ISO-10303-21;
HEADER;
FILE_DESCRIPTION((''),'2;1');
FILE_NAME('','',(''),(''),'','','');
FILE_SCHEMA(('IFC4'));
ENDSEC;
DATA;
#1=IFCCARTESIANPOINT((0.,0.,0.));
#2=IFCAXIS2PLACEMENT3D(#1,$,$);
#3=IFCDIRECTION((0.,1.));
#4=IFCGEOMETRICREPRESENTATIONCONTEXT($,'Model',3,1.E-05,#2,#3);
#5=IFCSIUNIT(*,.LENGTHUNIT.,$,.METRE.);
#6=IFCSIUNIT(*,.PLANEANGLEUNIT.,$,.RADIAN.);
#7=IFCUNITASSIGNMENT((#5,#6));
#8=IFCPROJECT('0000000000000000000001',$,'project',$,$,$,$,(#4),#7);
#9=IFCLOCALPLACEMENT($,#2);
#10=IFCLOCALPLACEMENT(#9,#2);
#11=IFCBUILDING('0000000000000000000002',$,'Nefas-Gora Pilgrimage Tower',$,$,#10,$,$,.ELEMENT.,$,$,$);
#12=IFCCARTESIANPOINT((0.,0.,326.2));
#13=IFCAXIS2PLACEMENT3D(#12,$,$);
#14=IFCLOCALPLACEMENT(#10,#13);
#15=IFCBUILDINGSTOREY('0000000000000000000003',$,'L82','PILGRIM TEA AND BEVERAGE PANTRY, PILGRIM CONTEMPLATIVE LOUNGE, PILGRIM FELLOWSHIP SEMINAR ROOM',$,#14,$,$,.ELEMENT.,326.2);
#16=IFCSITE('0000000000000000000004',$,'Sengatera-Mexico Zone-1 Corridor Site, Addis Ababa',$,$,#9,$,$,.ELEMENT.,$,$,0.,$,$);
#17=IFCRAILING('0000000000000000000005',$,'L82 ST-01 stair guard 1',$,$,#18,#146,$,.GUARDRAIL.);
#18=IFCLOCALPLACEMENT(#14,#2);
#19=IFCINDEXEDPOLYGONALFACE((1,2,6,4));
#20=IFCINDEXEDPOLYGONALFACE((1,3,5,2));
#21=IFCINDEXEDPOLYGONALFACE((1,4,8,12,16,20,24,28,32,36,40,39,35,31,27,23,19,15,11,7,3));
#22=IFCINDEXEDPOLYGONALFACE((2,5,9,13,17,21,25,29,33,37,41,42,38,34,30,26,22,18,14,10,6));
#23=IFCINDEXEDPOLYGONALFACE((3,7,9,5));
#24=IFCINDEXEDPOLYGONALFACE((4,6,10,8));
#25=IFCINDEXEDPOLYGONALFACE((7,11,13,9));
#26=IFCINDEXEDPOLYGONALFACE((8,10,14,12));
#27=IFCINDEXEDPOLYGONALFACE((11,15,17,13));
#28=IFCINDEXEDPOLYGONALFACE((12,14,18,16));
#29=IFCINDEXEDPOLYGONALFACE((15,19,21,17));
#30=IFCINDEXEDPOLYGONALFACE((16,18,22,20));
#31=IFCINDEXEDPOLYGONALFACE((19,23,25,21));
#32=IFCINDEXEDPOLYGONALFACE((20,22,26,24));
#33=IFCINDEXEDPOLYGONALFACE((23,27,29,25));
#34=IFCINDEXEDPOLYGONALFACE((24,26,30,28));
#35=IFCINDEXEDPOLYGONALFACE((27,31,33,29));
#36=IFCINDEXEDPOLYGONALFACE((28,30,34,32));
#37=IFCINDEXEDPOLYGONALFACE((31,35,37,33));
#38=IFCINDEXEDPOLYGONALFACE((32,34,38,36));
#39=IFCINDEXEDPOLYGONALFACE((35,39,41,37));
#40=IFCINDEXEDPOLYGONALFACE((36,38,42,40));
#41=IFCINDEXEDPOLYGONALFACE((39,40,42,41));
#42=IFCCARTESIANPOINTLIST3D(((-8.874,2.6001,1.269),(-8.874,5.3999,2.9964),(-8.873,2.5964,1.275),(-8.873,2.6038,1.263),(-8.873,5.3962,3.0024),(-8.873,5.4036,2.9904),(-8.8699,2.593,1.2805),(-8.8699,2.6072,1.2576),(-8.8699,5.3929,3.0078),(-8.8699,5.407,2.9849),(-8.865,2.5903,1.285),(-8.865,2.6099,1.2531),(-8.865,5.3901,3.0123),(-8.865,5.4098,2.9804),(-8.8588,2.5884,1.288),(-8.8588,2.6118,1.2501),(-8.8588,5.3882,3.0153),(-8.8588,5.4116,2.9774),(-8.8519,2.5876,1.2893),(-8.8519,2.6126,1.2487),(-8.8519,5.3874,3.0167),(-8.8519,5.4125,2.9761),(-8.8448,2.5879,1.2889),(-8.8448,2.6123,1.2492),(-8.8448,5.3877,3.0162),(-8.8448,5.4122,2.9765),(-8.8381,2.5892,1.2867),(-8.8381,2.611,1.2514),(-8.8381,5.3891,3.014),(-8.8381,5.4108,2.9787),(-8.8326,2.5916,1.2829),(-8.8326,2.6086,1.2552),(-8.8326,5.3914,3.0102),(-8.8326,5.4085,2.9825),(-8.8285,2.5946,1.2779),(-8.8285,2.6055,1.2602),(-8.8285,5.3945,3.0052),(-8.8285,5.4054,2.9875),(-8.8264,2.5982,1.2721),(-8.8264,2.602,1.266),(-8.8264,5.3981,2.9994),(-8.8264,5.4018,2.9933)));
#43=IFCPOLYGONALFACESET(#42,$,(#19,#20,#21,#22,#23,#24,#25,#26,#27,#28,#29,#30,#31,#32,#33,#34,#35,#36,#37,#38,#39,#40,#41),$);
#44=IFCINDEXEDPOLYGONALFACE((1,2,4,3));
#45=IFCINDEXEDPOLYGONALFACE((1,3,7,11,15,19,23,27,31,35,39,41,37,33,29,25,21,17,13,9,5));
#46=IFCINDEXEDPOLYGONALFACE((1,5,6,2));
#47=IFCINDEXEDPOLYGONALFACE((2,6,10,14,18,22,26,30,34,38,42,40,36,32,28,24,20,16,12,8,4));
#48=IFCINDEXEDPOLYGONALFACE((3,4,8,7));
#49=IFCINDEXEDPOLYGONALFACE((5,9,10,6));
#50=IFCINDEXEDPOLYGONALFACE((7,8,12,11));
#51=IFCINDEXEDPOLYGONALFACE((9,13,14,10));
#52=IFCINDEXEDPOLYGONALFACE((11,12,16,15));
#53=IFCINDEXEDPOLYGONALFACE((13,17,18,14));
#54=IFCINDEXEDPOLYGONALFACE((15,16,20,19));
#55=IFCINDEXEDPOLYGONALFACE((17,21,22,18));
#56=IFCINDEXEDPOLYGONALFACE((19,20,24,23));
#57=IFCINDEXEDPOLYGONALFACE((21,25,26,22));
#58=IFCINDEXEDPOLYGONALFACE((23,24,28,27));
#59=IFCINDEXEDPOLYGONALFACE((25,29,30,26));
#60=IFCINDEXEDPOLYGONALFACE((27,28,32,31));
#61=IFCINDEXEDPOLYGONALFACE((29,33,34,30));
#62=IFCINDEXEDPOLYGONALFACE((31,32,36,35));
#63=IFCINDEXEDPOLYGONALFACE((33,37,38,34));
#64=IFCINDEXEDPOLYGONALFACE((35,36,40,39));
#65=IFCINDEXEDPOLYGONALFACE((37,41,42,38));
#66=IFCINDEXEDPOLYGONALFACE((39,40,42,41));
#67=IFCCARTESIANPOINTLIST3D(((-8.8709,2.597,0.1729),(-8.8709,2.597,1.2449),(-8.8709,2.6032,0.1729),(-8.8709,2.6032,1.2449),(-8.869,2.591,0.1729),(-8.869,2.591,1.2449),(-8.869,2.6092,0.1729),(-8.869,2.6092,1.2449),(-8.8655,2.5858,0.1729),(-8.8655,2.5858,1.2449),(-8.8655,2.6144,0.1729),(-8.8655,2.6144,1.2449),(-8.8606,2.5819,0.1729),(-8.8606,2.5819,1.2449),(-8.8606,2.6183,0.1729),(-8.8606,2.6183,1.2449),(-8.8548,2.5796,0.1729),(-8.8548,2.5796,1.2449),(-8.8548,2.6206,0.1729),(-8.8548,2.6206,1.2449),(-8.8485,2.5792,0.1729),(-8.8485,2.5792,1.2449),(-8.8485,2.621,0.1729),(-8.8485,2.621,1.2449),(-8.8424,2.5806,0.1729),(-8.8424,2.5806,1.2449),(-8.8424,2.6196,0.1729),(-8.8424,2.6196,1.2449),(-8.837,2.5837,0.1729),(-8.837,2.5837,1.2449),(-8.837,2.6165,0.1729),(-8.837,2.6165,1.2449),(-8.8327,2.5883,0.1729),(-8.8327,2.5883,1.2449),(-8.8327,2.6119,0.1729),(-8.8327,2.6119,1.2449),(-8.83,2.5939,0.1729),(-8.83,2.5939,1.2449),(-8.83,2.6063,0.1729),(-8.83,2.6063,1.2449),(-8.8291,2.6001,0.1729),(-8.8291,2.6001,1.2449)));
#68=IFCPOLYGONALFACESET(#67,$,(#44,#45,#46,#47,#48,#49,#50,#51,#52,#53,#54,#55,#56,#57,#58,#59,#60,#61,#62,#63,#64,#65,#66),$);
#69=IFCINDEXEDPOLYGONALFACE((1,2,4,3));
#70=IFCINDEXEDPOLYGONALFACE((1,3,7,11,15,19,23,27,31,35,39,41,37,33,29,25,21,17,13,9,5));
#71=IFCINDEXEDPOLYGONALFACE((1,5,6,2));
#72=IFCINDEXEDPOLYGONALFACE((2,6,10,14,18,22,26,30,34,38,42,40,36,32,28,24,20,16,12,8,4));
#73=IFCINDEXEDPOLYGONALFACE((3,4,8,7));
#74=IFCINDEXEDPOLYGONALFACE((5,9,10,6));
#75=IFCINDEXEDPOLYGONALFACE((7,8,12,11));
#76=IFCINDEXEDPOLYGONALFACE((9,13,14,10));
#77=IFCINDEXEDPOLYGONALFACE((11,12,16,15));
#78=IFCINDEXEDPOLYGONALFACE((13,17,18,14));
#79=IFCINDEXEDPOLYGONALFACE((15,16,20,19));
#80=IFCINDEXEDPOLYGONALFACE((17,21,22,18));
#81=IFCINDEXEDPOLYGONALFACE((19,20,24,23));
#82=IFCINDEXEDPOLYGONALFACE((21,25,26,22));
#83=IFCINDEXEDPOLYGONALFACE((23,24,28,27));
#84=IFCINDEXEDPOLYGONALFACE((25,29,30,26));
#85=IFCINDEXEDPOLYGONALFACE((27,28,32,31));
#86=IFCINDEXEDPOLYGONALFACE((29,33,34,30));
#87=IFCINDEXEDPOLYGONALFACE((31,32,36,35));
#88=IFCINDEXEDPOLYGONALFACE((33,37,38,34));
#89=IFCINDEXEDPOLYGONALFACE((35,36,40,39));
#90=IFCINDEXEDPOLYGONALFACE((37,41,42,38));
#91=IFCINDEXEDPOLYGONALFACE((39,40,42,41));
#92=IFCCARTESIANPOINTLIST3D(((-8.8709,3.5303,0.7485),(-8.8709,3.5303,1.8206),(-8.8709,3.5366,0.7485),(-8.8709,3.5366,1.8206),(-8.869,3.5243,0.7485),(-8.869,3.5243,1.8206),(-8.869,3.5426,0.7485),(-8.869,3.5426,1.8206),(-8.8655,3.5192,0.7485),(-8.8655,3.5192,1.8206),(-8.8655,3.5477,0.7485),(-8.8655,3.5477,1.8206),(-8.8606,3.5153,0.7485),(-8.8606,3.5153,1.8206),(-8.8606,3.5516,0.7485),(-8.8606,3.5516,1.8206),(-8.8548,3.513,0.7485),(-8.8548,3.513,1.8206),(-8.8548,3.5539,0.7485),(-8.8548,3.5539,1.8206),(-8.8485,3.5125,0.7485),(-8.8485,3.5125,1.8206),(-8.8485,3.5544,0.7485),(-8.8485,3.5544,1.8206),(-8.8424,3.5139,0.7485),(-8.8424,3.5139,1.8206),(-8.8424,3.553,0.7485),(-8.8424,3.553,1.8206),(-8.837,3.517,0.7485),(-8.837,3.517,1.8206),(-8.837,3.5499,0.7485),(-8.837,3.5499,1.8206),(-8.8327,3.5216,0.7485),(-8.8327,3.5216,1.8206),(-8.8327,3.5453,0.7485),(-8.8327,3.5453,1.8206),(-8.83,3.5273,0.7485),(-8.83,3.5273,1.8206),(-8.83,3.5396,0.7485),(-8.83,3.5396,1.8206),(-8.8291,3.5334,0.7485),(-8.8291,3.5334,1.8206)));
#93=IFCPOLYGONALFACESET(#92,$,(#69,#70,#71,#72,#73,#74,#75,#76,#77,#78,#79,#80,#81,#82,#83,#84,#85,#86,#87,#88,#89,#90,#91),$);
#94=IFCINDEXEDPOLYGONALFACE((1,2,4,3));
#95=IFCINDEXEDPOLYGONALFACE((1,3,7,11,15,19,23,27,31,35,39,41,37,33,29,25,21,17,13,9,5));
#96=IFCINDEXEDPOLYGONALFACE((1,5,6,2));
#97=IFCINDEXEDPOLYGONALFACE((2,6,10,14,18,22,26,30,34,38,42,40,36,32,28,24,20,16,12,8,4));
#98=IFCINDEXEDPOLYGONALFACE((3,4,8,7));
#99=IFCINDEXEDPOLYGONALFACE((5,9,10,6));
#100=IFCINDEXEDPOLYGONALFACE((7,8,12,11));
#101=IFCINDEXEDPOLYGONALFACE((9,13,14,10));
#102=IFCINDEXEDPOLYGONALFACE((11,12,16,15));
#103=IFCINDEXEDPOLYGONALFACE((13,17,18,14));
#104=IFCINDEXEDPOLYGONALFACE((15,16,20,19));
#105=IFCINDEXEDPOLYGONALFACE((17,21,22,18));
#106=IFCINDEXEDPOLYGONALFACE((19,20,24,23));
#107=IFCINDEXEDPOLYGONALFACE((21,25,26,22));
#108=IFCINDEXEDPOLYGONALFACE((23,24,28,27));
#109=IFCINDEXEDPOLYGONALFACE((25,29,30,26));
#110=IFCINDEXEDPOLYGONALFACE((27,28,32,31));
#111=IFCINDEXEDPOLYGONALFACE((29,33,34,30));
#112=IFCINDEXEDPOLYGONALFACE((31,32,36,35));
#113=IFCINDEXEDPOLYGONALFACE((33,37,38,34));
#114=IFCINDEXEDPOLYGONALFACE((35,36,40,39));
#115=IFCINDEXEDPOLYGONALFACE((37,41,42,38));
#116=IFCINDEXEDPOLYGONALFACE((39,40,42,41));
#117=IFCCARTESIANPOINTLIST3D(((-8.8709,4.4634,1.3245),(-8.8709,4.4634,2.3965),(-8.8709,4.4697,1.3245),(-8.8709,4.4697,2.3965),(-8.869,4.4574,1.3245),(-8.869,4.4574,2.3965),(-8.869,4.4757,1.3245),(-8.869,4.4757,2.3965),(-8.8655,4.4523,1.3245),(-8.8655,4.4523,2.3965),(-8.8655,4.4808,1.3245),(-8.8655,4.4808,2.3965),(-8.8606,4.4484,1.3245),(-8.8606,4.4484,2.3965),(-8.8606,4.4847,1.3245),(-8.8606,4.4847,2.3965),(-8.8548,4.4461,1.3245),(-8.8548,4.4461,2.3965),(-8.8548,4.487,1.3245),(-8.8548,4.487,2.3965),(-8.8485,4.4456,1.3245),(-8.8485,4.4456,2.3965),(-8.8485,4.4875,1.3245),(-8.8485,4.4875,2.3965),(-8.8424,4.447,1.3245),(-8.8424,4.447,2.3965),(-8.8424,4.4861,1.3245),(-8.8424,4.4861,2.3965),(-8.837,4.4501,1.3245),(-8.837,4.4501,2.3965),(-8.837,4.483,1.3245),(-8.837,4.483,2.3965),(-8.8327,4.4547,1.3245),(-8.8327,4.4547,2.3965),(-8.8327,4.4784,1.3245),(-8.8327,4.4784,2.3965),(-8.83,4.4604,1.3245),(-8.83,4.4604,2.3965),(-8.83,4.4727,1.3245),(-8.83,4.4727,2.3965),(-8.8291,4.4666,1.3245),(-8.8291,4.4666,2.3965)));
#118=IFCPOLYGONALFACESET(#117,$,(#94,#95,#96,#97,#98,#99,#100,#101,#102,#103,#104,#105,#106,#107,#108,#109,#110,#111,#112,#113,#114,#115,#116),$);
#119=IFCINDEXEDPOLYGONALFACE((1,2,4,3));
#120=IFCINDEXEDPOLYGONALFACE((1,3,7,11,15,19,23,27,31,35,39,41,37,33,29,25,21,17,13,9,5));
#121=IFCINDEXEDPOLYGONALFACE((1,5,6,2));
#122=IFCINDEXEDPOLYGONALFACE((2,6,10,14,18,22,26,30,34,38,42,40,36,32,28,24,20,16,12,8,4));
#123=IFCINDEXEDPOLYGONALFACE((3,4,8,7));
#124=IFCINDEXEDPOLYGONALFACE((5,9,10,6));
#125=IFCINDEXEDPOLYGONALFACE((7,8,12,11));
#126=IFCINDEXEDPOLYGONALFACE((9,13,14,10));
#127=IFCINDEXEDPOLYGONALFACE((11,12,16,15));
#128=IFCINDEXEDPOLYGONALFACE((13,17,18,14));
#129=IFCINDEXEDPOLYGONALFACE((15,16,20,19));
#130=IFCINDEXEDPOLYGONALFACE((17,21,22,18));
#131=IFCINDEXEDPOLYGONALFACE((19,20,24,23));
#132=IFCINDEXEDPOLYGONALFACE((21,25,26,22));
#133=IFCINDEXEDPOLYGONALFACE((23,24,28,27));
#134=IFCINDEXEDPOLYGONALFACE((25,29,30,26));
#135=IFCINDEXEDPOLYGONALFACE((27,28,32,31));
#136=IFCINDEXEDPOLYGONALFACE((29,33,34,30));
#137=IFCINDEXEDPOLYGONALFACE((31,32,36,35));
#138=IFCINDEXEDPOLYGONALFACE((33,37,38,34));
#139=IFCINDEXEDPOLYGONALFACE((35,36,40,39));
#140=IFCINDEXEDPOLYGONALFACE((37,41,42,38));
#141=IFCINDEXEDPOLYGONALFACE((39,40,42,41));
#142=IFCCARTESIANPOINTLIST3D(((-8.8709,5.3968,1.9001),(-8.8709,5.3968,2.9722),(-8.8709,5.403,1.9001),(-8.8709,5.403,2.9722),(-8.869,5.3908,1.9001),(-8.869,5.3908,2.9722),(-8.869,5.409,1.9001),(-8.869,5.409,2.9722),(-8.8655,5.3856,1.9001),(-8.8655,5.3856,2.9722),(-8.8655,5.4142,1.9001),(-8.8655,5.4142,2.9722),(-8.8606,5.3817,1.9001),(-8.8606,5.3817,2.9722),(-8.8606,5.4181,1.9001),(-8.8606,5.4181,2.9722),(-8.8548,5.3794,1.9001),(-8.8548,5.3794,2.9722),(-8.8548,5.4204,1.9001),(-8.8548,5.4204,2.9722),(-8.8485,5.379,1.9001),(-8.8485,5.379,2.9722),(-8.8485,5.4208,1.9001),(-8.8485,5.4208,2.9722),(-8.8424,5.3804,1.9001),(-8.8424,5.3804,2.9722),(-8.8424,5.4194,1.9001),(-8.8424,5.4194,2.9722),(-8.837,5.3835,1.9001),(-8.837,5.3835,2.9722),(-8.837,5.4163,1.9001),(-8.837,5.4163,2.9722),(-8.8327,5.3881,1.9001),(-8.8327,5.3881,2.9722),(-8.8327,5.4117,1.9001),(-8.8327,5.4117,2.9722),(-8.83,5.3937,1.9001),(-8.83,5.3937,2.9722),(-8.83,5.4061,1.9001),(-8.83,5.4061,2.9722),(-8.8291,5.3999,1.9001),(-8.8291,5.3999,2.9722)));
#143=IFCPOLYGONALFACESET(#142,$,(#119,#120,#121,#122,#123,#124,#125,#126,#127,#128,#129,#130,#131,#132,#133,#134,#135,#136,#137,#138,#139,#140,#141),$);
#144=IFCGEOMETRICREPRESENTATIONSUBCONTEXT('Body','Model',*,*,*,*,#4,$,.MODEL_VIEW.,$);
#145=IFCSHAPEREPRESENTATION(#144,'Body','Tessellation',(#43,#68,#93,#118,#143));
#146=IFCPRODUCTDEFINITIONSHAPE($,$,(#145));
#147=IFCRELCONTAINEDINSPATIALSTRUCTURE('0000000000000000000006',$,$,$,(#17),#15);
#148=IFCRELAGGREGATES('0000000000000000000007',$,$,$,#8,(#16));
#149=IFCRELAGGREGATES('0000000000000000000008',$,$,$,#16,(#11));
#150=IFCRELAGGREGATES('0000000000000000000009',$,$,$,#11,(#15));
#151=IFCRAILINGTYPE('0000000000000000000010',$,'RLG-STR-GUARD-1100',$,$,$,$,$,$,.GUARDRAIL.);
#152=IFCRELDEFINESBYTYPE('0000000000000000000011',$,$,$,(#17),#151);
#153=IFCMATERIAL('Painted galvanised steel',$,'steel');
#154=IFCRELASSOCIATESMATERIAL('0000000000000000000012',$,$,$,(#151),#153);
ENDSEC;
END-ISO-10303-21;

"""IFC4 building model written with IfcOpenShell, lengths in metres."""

from ifc_helpers import new_model, si_unit, direction, frame, origin, origin_2d, place, context, subcontext, project, spatial, circle, extrude, material, type_object, element, save


model = new_model("IFC4")

# Units and contexts
model_context = context("Model", 3, precision=1e-05, world=origin(), true_north=direction((0.0, 1.0)))
body_context = subcontext(model_context, "Body", "Model", "MODEL_VIEW")
ifc_project = project(units=[si_unit("LENGTHUNIT", "METRE"), si_unit("PLANEANGLEUNIT", "RADIAN")], contexts=[model_context])

# Site, building, storey
site_placement = place(None, origin())
site = spatial("IfcSite", under=ifc_project, at=site_placement, Name="Sengatera-Mexico Zone-1 Corridor Site, Addis Ababa", CompositionType="ELEMENT", RefElevation=0.0)
building_placement = place(site_placement, origin())
building = spatial("IfcBuilding", under=site, at=building_placement, Name="Nefas-Gora Pilgrimage Tower", CompositionType="ELEMENT")
storey_placement = place(building_placement, frame((0.0, 0.0, 326.2)))
storey = spatial("IfcBuildingStorey", under=building, at=storey_placement, Name="L82", Description="PILGRIM TEA AND BEVERAGE PANTRY, PILGRIM CONTEMPLATIVE LOUNGE, PILGRIM FELLOWSHIP SEMINAR ROOM", CompositionType="ELEMENT", Elevation=326.2)

# Railing
ifc_material_1 = material(Name="Painted galvanised steel", Category="steel")
railing_type_1 = type_object("IfcRailingType", Name="RLG-STR-GUARD-1100", PredefinedType="GUARDRAIL", material=ifc_material_1)
railing_1_placement = place(storey_placement, frame((-8.8501, 2.6001, 0.1729)))
element("IfcRailing", 1, at=railing_1_placement, inside=storey, type_object=railing_type_1, Name="L82 ST-01 stair guard 1", PredefinedType="GUARDRAIL", context=body_context, shape_type="SweptSolid", body=[
    extrude(circle(Radius=0.0239, at=origin_2d()), frame((0.0, 0.0, 1.0962), z_axis=(0.0, 0.851069, 0.525054), x_axis=(-1.0, 0.0, 0.0)), (0.0, 0.0, 1.0), 3.2898),
    extrude(circle(Radius=0.021, at=origin_2d()), origin(), (0.0, 0.0, 1.0), 1.072),
    extrude(circle(Radius=0.021, at=origin_2d()), frame((0.0, 0.9333, 0.5757)), (0.0, 0.0, 1.0), 1.072),
    extrude(circle(Radius=0.021, at=origin_2d()), frame((0.0, 1.8665, 1.1516)), (0.0, 0.0, 1.0), 1.072),
    extrude(circle(Radius=0.021, at=origin_2d()), frame((0.0, 2.7998, 1.7273)), (0.0, 0.0, 1.0), 1.072),
])

save(model, "model.ifc")
